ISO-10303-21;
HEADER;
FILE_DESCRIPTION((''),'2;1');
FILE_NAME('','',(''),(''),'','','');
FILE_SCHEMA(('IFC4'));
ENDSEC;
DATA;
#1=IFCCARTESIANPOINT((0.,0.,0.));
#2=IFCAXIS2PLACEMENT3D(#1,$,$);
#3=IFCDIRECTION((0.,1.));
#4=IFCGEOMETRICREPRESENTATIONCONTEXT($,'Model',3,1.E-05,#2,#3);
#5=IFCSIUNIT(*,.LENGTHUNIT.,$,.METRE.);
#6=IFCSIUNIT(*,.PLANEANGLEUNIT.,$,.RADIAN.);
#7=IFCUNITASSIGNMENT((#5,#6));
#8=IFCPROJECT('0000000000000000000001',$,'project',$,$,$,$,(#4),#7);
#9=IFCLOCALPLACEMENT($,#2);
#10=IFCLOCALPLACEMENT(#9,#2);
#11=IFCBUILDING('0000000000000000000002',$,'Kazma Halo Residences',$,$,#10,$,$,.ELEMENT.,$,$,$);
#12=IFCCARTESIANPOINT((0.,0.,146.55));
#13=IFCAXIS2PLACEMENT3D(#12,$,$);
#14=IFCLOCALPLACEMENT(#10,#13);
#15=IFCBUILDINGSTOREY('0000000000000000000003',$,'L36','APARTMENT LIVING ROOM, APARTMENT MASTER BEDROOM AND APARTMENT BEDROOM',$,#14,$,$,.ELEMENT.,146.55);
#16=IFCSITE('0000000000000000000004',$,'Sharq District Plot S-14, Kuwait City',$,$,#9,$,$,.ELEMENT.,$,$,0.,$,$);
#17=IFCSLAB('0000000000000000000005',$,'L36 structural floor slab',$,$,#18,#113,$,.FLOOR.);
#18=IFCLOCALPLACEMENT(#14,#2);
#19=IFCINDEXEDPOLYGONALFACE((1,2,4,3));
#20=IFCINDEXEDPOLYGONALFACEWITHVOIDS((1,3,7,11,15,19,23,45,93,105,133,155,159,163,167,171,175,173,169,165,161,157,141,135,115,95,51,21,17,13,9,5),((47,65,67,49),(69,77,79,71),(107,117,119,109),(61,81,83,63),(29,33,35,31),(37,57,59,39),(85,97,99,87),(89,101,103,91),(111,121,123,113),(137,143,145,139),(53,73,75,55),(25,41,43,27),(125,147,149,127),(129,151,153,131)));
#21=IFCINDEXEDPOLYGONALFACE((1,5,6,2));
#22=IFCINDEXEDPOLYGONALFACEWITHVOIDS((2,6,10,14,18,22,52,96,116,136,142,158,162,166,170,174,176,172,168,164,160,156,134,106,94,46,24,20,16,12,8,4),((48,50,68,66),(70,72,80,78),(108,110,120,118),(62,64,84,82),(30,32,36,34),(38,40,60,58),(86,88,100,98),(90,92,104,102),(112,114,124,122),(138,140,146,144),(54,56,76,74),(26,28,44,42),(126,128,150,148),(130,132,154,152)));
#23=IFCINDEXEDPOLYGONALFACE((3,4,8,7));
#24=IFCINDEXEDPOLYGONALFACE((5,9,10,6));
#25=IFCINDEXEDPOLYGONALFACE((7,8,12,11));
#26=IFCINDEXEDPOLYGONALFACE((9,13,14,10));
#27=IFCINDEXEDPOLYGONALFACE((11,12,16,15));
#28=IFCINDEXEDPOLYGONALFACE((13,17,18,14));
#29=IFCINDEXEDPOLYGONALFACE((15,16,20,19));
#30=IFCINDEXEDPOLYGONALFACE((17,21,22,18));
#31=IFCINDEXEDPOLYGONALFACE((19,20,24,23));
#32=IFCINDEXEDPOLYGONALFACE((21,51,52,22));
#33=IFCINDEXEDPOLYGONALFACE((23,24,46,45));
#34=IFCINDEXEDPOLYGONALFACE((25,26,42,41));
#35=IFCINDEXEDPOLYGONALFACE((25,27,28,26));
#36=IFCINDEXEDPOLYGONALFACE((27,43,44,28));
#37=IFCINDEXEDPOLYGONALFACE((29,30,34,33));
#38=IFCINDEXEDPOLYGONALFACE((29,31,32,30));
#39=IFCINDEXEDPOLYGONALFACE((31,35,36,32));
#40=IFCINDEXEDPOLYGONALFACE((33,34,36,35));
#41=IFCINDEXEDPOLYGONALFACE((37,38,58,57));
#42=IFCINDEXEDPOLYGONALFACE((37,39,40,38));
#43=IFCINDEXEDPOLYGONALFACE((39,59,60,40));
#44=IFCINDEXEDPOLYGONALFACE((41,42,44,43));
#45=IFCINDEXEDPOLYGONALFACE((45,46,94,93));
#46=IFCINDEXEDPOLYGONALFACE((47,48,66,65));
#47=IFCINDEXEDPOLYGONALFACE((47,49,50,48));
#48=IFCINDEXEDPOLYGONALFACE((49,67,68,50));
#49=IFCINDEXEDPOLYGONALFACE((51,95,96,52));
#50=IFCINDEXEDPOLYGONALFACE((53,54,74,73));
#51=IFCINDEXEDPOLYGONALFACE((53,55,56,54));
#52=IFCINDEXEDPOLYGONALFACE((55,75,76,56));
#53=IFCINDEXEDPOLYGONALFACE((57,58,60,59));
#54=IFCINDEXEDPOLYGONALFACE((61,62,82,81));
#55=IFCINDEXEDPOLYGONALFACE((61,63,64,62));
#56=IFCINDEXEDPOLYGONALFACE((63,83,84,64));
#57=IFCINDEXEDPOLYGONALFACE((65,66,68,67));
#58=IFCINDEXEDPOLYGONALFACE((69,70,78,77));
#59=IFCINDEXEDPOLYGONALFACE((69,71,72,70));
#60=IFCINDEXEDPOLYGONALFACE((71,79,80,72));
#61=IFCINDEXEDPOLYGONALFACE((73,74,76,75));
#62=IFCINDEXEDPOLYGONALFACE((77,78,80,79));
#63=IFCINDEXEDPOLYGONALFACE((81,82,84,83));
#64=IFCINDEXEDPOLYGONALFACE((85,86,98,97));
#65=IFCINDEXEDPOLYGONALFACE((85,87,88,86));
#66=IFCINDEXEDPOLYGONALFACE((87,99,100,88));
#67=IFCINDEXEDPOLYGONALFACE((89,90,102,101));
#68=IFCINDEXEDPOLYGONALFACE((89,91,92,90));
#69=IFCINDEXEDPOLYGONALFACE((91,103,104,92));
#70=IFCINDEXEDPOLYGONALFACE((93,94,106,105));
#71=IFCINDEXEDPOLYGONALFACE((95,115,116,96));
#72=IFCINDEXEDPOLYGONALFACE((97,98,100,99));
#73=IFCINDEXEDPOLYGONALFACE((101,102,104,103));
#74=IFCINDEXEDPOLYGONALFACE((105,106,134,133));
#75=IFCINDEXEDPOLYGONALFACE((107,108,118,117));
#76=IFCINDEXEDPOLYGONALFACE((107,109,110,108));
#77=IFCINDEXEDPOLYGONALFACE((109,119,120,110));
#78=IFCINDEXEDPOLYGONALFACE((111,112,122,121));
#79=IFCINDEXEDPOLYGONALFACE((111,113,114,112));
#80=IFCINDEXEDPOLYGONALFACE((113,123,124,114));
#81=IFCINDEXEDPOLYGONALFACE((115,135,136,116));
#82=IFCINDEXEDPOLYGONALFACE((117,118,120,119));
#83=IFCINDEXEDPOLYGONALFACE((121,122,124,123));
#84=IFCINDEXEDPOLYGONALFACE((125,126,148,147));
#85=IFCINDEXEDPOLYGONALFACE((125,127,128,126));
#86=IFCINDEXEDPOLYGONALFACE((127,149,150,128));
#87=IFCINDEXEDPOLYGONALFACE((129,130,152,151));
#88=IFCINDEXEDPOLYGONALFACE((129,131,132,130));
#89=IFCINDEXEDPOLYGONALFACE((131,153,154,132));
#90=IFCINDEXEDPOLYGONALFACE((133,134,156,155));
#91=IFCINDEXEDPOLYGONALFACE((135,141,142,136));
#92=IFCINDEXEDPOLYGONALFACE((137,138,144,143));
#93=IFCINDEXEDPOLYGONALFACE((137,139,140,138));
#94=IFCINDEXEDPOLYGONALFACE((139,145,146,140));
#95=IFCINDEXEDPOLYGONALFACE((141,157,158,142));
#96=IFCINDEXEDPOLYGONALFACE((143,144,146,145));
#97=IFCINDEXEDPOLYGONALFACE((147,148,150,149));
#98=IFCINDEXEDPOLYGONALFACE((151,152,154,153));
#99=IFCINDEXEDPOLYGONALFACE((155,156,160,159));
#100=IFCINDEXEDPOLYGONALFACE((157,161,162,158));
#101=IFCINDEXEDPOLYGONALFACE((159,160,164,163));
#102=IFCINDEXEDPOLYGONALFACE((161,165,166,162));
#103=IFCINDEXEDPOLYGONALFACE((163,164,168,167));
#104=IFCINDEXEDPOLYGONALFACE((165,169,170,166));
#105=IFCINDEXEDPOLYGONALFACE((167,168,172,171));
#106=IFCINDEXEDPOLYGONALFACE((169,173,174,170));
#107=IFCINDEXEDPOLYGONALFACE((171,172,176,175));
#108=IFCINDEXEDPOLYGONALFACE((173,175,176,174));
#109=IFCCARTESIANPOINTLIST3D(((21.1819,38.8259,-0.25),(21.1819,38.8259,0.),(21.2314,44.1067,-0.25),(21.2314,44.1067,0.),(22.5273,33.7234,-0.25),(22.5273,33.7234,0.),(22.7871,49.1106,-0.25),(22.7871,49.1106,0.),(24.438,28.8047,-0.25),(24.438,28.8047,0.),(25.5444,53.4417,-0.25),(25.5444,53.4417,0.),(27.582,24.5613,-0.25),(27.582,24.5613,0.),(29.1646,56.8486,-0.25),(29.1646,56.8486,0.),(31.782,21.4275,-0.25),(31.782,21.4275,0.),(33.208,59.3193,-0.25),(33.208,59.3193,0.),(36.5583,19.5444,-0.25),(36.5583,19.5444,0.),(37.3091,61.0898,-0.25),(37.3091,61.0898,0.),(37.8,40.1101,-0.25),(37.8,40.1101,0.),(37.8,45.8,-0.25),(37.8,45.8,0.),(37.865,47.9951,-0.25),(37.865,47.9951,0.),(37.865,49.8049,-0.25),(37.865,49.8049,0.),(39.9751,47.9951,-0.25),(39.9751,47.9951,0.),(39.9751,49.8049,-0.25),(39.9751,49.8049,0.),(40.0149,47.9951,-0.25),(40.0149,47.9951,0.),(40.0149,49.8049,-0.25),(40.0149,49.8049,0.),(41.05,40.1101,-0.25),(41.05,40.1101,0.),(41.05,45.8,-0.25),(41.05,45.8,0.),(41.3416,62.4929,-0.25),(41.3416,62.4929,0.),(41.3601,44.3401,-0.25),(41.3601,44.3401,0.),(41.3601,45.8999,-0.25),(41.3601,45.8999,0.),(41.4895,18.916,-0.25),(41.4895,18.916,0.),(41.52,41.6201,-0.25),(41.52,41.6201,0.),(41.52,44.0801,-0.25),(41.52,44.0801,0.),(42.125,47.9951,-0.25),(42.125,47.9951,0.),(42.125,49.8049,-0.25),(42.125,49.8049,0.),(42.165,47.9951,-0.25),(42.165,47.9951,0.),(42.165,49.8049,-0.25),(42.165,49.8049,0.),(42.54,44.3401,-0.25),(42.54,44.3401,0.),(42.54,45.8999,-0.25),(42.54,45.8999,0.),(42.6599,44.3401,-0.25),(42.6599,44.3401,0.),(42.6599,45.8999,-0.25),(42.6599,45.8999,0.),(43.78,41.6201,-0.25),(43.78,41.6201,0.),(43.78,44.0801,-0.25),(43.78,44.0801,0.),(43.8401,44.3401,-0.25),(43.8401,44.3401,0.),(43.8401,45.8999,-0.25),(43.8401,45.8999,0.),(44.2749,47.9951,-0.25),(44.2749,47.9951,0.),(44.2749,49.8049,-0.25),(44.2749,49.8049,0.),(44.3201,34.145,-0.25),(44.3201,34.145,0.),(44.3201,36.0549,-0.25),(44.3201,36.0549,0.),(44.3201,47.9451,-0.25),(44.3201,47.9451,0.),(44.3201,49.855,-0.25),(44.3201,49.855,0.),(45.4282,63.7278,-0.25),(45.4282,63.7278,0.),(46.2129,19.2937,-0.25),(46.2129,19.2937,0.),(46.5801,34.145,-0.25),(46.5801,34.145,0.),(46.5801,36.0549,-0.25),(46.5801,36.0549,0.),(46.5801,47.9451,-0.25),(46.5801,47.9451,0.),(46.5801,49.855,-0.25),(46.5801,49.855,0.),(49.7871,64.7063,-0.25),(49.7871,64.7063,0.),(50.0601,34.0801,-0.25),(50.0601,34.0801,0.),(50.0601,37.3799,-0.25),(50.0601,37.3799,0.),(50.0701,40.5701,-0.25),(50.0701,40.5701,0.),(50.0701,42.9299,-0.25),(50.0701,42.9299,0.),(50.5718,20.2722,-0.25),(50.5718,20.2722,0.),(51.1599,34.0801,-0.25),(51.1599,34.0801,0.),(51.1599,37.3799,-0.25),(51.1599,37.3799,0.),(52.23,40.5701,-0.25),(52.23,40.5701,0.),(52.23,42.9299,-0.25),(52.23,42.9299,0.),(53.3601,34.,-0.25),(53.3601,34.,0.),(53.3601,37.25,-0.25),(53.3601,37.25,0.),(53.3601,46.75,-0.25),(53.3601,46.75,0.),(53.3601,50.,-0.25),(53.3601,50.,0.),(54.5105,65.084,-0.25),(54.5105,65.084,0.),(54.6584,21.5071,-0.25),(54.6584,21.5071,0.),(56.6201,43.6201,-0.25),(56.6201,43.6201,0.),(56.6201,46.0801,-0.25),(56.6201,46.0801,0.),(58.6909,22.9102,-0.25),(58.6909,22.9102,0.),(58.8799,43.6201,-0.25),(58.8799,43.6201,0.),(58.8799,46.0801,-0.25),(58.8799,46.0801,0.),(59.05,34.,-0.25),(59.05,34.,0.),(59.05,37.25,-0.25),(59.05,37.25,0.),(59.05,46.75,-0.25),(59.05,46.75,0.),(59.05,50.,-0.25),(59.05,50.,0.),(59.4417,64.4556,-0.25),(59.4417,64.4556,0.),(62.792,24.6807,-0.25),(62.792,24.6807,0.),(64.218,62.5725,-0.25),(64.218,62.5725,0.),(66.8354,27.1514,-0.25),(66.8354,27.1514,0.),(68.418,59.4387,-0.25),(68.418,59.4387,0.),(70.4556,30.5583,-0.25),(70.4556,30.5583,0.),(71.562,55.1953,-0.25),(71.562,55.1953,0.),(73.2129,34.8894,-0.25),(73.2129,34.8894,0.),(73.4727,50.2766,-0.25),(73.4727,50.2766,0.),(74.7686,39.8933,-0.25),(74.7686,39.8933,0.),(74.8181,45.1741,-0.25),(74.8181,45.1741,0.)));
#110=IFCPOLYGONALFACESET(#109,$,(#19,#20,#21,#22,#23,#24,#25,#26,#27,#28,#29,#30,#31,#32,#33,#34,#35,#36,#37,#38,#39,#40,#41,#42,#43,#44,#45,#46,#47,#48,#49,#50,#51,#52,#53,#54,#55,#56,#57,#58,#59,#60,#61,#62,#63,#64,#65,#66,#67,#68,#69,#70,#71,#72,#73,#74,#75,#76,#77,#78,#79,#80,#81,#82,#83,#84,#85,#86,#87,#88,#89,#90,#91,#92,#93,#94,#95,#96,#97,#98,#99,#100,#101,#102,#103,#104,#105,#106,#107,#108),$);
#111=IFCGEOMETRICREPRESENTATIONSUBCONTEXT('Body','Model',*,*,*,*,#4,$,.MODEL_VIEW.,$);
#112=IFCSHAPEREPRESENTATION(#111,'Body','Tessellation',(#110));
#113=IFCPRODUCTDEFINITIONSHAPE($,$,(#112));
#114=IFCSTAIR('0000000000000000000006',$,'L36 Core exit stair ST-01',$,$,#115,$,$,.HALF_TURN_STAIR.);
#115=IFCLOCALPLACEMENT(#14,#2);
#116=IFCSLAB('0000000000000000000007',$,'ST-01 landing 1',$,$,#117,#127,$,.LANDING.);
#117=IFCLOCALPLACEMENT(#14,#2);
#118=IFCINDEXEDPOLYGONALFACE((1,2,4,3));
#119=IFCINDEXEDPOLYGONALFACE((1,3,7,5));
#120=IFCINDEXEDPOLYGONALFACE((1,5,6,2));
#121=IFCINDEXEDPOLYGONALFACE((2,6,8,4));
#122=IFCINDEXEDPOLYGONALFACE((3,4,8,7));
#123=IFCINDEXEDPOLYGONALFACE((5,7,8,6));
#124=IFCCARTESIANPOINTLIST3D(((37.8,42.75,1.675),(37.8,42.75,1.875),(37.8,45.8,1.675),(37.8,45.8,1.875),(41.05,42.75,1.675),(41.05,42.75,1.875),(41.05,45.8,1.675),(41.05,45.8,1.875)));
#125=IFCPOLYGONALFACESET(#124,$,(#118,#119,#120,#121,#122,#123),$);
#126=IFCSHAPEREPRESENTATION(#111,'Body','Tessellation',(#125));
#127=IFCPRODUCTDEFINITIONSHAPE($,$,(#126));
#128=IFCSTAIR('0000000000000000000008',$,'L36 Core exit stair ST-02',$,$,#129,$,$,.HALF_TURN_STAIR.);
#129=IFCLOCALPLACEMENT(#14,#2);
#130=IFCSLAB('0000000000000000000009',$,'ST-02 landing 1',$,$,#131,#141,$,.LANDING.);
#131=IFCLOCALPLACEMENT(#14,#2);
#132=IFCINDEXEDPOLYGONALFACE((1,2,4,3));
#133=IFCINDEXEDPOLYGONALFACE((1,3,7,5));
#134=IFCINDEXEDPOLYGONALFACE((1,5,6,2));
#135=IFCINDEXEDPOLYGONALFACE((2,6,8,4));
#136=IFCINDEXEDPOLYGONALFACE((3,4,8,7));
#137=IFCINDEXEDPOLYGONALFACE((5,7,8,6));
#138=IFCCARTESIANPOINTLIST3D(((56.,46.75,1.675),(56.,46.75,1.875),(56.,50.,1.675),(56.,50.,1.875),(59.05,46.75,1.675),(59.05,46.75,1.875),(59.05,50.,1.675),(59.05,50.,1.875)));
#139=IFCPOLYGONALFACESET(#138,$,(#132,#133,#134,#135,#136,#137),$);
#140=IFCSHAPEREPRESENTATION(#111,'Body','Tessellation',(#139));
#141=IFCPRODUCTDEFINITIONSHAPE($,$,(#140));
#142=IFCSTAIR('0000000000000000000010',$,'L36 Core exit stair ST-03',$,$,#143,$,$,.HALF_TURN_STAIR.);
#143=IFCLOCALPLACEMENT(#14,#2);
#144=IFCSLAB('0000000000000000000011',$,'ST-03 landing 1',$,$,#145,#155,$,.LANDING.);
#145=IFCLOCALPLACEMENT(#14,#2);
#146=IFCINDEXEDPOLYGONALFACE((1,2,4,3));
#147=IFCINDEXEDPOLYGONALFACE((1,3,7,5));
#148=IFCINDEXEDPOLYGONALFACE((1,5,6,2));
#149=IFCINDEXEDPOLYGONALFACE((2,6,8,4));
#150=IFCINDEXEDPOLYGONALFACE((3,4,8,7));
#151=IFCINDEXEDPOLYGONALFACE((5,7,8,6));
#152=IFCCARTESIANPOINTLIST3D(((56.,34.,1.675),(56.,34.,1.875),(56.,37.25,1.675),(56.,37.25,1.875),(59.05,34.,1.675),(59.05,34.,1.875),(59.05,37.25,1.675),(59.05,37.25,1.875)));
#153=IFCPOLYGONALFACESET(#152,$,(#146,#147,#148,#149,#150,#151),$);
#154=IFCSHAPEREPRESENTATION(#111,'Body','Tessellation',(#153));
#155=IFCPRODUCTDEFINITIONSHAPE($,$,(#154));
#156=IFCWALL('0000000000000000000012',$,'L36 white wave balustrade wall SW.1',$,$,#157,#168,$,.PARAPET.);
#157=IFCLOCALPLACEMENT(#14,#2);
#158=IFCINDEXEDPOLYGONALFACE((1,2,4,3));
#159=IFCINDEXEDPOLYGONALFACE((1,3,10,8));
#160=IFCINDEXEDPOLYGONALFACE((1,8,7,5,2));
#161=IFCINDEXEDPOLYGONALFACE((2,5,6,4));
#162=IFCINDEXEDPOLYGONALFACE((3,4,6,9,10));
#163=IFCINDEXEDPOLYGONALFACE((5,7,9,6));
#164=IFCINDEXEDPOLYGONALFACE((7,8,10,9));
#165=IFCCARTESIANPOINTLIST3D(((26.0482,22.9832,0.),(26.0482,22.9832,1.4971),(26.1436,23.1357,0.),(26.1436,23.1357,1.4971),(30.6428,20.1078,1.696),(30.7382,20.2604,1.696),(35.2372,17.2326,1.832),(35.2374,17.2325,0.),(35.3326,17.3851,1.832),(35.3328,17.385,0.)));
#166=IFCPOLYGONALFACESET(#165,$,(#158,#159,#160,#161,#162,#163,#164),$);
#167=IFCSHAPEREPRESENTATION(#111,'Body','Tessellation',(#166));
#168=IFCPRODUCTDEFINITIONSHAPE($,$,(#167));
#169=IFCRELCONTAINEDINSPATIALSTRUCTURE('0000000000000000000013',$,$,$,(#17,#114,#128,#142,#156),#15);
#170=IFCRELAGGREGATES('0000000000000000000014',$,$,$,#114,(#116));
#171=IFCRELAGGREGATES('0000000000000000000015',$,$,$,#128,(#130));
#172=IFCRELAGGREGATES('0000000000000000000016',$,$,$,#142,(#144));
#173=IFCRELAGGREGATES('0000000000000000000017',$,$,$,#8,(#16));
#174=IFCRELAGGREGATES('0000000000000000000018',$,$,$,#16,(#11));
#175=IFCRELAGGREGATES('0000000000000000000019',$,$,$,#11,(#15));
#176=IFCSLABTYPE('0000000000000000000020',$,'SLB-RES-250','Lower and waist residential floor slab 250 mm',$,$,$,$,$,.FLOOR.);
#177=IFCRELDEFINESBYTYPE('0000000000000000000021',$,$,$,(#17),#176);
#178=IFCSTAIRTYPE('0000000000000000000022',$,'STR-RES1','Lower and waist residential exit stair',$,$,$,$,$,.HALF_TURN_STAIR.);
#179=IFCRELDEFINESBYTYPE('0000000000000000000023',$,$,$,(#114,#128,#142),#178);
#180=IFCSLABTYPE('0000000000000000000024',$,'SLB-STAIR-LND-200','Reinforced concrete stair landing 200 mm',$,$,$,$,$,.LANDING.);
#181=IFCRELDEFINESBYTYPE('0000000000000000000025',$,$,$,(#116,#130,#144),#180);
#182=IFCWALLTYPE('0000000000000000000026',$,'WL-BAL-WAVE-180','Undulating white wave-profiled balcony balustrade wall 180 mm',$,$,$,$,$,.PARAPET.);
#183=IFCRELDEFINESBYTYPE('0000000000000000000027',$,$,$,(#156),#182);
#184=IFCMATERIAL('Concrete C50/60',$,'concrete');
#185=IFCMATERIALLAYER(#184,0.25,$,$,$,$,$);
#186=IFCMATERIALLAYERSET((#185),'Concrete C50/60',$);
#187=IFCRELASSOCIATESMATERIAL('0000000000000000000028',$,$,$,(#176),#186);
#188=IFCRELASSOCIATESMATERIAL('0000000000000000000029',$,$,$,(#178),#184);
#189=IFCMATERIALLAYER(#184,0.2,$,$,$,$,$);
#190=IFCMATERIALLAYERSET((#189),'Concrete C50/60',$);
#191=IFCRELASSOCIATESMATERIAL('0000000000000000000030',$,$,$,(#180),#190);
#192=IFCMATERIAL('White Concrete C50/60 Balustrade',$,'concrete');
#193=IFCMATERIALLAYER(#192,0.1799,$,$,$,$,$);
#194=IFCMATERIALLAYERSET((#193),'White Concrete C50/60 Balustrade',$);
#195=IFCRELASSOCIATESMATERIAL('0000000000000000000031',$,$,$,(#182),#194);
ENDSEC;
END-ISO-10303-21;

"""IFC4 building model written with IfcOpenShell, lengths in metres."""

from ifc_helpers import new_model, si_unit, direction, frame, origin, place, context, subcontext, project, spatial, polyline, outline, extrude, material, layer, layer_set, type_object, element, aggregate, save


model = new_model("IFC4")

# Units and contexts
model_context = context("Model", 3, precision=1e-05, world=origin(), true_north=direction((0.0, 1.0)))
body_context = subcontext(model_context, "Body", "Model", "MODEL_VIEW")
ifc_project = project(units=[si_unit("LENGTHUNIT", "METRE"), si_unit("PLANEANGLEUNIT", "RADIAN")], contexts=[model_context])

# Site, building, storey
site_placement = place(None, origin())
site = spatial("IfcSite", under=ifc_project, at=site_placement, Name="Sharq District Plot S-14, Kuwait City", CompositionType="ELEMENT", RefElevation=0.0)
building_placement = place(site_placement, origin())
building = spatial("IfcBuilding", under=site, at=building_placement, Name="Kazma Halo Residences", CompositionType="ELEMENT")
storey_placement = place(building_placement, frame((0.0, 0.0, 146.55)))
storey = spatial("IfcBuildingStorey", under=building, at=storey_placement, Name="L36", Description="APARTMENT LIVING ROOM, APARTMENT MASTER BEDROOM AND APARTMENT BEDROOM", CompositionType="ELEMENT", Elevation=146.55)

# Slab
ifc_material_1 = material(Name="Concrete C50/60", Category="concrete")
ifc_layer_1 = layer(ifc_material_1, 0.25)
ifc_layer_set_1 = layer_set([ifc_layer_1], Name="Concrete C50/60")
slab_type_1 = type_object("IfcSlabType", Name="SLB-RES-250", Description="Lower and waist residential floor slab 250 mm", PredefinedType="FLOOR", material=ifc_layer_set_1)
slab_1_placement = place(storey_placement, frame((0.0, 0.0, -0.25)))
element("IfcSlab", 1, at=slab_1_placement, inside=storey, type_object=slab_type_1, Name="L36 structural floor slab", PredefinedType="FLOOR", context=body_context, shape_type="SweptSolid", body=[
    extrude(outline(polyline([(73.4727, 50.2766), (71.562, 55.1953), (68.418, 59.4387), (64.218, 62.5725), (59.4417, 64.4556), (54.5105, 65.084), (49.7871, 64.7063), (45.4282, 63.7278), (41.3416, 62.4929), (37.3091, 61.0898), (33.208, 59.3193), (29.1646, 56.8486), (25.5444, 53.4417), (22.7871, 49.1106), (21.2314, 44.1067), (21.1819, 38.8259), (22.5273, 33.7234), (24.438, 28.8047), (27.582, 24.5613), (31.782, 21.4275), (36.5583, 19.5444), (41.4895, 18.916), (46.2129, 19.2937), (50.5718, 20.2722), (54.6584, 21.5071), (58.6909, 22.9102), (62.792, 24.6807), (66.8354, 27.1514), (70.4556, 30.5583), (73.2129, 34.8894), (74.7686, 39.8933), (74.8181, 45.1741), (73.4727, 50.2766)]), holes=[polyline([(37.8, 40.1101), (41.05, 40.1101), (41.05, 45.8), (37.8, 45.8), (37.8, 40.1101)]), polyline([(53.3601, 46.75), (59.05, 46.75), (59.05, 50.0), (53.3601, 50.0), (53.3601, 46.75)]), polyline([(53.3601, 34.0), (59.05, 34.0), (59.05, 37.25), (53.3601, 37.25), (53.3601, 34.0)]), polyline([(41.52, 41.6201), (43.78, 41.6201), (43.78, 44.0801), (41.52, 44.0801), (41.52, 41.6201)]), polyline([(56.6201, 43.6201), (58.8799, 43.6201), (58.8799, 46.0801), (56.6201, 46.0801), (56.6201, 43.6201)]), polyline([(37.865, 47.9951), (39.9751, 47.9951), (39.9751, 49.8049), (37.865, 49.8049), (37.865, 47.9951)]), polyline([(40.0149, 47.9951), (42.125, 47.9951), (42.125, 49.8049), (40.0149, 49.8049), (40.0149, 47.9951)]), polyline([(42.165, 47.9951), (44.2749, 47.9951), (44.2749, 49.8049), (42.165, 49.8049), (42.165, 47.9951)]), polyline([(44.3201, 47.9451), (46.5801, 47.9451), (46.5801, 49.855), (44.3201, 49.855), (44.3201, 47.9451)]), polyline([(44.3201, 34.145), (46.5801, 34.145), (46.5801, 36.0549), (44.3201, 36.0549), (44.3201, 34.145)]), polyline([(50.0701, 40.5701), (52.23, 40.5701), (52.23, 42.9299), (50.0701, 42.9299), (50.0701, 40.5701)]), polyline([(41.3601, 44.3401), (42.54, 44.3401), (42.54, 45.8999), (41.3601, 45.8999), (41.3601, 44.3401)]), polyline([(42.6599, 44.3401), (43.8401, 44.3401), (43.8401, 45.8999), (42.6599, 45.8999), (42.6599, 44.3401)]), polyline([(50.0601, 34.0801), (51.1599, 34.0801), (51.1599, 37.3799), (50.0601, 37.3799), (50.0601, 34.0801)])]), origin(), (0.0, 0.0, 1.0), 0.25),
])

# Stairs, slabs
stair_type = type_object("IfcStairType", Name="STR-RES1", Description="Lower and waist residential exit stair", PredefinedType="HALF_TURN_STAIR", material=ifc_material_1)
stair_1_placement = place(storey_placement, origin())
stair_1 = element("IfcStair", 2, at=stair_1_placement, inside=storey, type_object=stair_type, Name="L36 Core exit stair ST-01", PredefinedType="HALF_TURN_STAIR")
ifc_layer_2 = layer(ifc_material_1, 0.2)
ifc_layer_set_2 = layer_set([ifc_layer_2], Name="Concrete C50/60")
slab_type_2 = type_object("IfcSlabType", Name="SLB-STAIR-LND-200", Description="Reinforced concrete stair landing 200 mm", PredefinedType="LANDING", material=ifc_layer_set_2)
slab_2_placement = place(storey_placement, frame((0.0, 0.0, 1.675)))
slab_2 = element("IfcSlab", 3, at=slab_2_placement, type_object=slab_type_2, Name="ST-01 landing 1", PredefinedType="LANDING", context=body_context, shape_type="SweptSolid", body=[
    extrude(outline(polyline([(41.05, 42.75), (41.05, 45.8), (37.8, 45.8), (37.8, 42.75), (41.05, 42.75)])), origin(), (0.0, 0.0, 1.0), 0.2),
])
aggregate(stair_1, [slab_2])
stair_2_placement = place(storey_placement, origin())
stair_2 = element("IfcStair", 4, at=stair_2_placement, inside=storey, type_object=stair_type, Name="L36 Core exit stair ST-02", PredefinedType="HALF_TURN_STAIR")
slab_3_placement = place(storey_placement, frame((0.0, 0.0, 1.675)))
slab_3 = element("IfcSlab", 5, at=slab_3_placement, type_object=slab_type_2, Name="ST-02 landing 1", PredefinedType="LANDING", context=body_context, shape_type="SweptSolid", body=[
    extrude(outline(polyline([(56.0, 46.75), (59.05, 46.75), (59.05, 50.0), (56.0, 50.0), (56.0, 46.75)])), origin(), (0.0, 0.0, 1.0), 0.2),
])
aggregate(stair_2, [slab_3])
stair_3_placement = place(storey_placement, origin())
stair_3 = element("IfcStair", 6, at=stair_3_placement, inside=storey, type_object=stair_type, Name="L36 Core exit stair ST-03", PredefinedType="HALF_TURN_STAIR")
slab_4_placement = place(storey_placement, frame((0.0, 0.0, 1.675)))
slab_4 = element("IfcSlab", 7, at=slab_4_placement, type_object=slab_type_2, Name="ST-03 landing 1", PredefinedType="LANDING", context=body_context, shape_type="SweptSolid", body=[
    extrude(outline(polyline([(56.0, 34.0), (59.05, 34.0), (59.05, 37.25), (56.0, 37.25), (56.0, 34.0)])), origin(), (0.0, 0.0, 1.0), 0.2),
])
aggregate(stair_3, [slab_4])

# Wall
ifc_material_2 = material(Name="White Concrete C50/60 Balustrade", Category="concrete")
ifc_layer_3 = layer(ifc_material_2, 0.1799)
ifc_layer_set_3 = layer_set([ifc_layer_3], Name="White Concrete C50/60 Balustrade")
wall_type_1 = type_object("IfcWallType", Name="WL-BAL-WAVE-180", Description="Undulating white wave-profiled balcony balustrade wall 180 mm", PredefinedType="PARAPET", material=ifc_layer_set_3)
wall_1_placement = place(storey_placement, frame((26.0959, 23.0596, 0.0), z_axis=(0.0, 0.0, 1.0), x_axis=(0.847688, -0.530495, 0.0)))
element("IfcWall", 8, at=wall_1_placement, inside=storey, type_object=wall_type_1, Name="L36 white wave balustrade wall SW.1", PredefinedType="PARAPET", context=body_context, shape_type="SweptSolid", body=[
    extrude(outline(polyline([(0.0, 0.0), (10.8403, 0.0), (10.8401, 1.832), (5.4202, 1.696), (0.0, 1.4971), (0.0, 0.0)])), frame((0.0, 0.0898, 0.0), z_axis=(0.0, -1.0, 0.0), x_axis=(1.0, 0.0, 0.0)), (0.0, 0.0, 1.0), 0.1799),
])

save(model, "model.ifc")
